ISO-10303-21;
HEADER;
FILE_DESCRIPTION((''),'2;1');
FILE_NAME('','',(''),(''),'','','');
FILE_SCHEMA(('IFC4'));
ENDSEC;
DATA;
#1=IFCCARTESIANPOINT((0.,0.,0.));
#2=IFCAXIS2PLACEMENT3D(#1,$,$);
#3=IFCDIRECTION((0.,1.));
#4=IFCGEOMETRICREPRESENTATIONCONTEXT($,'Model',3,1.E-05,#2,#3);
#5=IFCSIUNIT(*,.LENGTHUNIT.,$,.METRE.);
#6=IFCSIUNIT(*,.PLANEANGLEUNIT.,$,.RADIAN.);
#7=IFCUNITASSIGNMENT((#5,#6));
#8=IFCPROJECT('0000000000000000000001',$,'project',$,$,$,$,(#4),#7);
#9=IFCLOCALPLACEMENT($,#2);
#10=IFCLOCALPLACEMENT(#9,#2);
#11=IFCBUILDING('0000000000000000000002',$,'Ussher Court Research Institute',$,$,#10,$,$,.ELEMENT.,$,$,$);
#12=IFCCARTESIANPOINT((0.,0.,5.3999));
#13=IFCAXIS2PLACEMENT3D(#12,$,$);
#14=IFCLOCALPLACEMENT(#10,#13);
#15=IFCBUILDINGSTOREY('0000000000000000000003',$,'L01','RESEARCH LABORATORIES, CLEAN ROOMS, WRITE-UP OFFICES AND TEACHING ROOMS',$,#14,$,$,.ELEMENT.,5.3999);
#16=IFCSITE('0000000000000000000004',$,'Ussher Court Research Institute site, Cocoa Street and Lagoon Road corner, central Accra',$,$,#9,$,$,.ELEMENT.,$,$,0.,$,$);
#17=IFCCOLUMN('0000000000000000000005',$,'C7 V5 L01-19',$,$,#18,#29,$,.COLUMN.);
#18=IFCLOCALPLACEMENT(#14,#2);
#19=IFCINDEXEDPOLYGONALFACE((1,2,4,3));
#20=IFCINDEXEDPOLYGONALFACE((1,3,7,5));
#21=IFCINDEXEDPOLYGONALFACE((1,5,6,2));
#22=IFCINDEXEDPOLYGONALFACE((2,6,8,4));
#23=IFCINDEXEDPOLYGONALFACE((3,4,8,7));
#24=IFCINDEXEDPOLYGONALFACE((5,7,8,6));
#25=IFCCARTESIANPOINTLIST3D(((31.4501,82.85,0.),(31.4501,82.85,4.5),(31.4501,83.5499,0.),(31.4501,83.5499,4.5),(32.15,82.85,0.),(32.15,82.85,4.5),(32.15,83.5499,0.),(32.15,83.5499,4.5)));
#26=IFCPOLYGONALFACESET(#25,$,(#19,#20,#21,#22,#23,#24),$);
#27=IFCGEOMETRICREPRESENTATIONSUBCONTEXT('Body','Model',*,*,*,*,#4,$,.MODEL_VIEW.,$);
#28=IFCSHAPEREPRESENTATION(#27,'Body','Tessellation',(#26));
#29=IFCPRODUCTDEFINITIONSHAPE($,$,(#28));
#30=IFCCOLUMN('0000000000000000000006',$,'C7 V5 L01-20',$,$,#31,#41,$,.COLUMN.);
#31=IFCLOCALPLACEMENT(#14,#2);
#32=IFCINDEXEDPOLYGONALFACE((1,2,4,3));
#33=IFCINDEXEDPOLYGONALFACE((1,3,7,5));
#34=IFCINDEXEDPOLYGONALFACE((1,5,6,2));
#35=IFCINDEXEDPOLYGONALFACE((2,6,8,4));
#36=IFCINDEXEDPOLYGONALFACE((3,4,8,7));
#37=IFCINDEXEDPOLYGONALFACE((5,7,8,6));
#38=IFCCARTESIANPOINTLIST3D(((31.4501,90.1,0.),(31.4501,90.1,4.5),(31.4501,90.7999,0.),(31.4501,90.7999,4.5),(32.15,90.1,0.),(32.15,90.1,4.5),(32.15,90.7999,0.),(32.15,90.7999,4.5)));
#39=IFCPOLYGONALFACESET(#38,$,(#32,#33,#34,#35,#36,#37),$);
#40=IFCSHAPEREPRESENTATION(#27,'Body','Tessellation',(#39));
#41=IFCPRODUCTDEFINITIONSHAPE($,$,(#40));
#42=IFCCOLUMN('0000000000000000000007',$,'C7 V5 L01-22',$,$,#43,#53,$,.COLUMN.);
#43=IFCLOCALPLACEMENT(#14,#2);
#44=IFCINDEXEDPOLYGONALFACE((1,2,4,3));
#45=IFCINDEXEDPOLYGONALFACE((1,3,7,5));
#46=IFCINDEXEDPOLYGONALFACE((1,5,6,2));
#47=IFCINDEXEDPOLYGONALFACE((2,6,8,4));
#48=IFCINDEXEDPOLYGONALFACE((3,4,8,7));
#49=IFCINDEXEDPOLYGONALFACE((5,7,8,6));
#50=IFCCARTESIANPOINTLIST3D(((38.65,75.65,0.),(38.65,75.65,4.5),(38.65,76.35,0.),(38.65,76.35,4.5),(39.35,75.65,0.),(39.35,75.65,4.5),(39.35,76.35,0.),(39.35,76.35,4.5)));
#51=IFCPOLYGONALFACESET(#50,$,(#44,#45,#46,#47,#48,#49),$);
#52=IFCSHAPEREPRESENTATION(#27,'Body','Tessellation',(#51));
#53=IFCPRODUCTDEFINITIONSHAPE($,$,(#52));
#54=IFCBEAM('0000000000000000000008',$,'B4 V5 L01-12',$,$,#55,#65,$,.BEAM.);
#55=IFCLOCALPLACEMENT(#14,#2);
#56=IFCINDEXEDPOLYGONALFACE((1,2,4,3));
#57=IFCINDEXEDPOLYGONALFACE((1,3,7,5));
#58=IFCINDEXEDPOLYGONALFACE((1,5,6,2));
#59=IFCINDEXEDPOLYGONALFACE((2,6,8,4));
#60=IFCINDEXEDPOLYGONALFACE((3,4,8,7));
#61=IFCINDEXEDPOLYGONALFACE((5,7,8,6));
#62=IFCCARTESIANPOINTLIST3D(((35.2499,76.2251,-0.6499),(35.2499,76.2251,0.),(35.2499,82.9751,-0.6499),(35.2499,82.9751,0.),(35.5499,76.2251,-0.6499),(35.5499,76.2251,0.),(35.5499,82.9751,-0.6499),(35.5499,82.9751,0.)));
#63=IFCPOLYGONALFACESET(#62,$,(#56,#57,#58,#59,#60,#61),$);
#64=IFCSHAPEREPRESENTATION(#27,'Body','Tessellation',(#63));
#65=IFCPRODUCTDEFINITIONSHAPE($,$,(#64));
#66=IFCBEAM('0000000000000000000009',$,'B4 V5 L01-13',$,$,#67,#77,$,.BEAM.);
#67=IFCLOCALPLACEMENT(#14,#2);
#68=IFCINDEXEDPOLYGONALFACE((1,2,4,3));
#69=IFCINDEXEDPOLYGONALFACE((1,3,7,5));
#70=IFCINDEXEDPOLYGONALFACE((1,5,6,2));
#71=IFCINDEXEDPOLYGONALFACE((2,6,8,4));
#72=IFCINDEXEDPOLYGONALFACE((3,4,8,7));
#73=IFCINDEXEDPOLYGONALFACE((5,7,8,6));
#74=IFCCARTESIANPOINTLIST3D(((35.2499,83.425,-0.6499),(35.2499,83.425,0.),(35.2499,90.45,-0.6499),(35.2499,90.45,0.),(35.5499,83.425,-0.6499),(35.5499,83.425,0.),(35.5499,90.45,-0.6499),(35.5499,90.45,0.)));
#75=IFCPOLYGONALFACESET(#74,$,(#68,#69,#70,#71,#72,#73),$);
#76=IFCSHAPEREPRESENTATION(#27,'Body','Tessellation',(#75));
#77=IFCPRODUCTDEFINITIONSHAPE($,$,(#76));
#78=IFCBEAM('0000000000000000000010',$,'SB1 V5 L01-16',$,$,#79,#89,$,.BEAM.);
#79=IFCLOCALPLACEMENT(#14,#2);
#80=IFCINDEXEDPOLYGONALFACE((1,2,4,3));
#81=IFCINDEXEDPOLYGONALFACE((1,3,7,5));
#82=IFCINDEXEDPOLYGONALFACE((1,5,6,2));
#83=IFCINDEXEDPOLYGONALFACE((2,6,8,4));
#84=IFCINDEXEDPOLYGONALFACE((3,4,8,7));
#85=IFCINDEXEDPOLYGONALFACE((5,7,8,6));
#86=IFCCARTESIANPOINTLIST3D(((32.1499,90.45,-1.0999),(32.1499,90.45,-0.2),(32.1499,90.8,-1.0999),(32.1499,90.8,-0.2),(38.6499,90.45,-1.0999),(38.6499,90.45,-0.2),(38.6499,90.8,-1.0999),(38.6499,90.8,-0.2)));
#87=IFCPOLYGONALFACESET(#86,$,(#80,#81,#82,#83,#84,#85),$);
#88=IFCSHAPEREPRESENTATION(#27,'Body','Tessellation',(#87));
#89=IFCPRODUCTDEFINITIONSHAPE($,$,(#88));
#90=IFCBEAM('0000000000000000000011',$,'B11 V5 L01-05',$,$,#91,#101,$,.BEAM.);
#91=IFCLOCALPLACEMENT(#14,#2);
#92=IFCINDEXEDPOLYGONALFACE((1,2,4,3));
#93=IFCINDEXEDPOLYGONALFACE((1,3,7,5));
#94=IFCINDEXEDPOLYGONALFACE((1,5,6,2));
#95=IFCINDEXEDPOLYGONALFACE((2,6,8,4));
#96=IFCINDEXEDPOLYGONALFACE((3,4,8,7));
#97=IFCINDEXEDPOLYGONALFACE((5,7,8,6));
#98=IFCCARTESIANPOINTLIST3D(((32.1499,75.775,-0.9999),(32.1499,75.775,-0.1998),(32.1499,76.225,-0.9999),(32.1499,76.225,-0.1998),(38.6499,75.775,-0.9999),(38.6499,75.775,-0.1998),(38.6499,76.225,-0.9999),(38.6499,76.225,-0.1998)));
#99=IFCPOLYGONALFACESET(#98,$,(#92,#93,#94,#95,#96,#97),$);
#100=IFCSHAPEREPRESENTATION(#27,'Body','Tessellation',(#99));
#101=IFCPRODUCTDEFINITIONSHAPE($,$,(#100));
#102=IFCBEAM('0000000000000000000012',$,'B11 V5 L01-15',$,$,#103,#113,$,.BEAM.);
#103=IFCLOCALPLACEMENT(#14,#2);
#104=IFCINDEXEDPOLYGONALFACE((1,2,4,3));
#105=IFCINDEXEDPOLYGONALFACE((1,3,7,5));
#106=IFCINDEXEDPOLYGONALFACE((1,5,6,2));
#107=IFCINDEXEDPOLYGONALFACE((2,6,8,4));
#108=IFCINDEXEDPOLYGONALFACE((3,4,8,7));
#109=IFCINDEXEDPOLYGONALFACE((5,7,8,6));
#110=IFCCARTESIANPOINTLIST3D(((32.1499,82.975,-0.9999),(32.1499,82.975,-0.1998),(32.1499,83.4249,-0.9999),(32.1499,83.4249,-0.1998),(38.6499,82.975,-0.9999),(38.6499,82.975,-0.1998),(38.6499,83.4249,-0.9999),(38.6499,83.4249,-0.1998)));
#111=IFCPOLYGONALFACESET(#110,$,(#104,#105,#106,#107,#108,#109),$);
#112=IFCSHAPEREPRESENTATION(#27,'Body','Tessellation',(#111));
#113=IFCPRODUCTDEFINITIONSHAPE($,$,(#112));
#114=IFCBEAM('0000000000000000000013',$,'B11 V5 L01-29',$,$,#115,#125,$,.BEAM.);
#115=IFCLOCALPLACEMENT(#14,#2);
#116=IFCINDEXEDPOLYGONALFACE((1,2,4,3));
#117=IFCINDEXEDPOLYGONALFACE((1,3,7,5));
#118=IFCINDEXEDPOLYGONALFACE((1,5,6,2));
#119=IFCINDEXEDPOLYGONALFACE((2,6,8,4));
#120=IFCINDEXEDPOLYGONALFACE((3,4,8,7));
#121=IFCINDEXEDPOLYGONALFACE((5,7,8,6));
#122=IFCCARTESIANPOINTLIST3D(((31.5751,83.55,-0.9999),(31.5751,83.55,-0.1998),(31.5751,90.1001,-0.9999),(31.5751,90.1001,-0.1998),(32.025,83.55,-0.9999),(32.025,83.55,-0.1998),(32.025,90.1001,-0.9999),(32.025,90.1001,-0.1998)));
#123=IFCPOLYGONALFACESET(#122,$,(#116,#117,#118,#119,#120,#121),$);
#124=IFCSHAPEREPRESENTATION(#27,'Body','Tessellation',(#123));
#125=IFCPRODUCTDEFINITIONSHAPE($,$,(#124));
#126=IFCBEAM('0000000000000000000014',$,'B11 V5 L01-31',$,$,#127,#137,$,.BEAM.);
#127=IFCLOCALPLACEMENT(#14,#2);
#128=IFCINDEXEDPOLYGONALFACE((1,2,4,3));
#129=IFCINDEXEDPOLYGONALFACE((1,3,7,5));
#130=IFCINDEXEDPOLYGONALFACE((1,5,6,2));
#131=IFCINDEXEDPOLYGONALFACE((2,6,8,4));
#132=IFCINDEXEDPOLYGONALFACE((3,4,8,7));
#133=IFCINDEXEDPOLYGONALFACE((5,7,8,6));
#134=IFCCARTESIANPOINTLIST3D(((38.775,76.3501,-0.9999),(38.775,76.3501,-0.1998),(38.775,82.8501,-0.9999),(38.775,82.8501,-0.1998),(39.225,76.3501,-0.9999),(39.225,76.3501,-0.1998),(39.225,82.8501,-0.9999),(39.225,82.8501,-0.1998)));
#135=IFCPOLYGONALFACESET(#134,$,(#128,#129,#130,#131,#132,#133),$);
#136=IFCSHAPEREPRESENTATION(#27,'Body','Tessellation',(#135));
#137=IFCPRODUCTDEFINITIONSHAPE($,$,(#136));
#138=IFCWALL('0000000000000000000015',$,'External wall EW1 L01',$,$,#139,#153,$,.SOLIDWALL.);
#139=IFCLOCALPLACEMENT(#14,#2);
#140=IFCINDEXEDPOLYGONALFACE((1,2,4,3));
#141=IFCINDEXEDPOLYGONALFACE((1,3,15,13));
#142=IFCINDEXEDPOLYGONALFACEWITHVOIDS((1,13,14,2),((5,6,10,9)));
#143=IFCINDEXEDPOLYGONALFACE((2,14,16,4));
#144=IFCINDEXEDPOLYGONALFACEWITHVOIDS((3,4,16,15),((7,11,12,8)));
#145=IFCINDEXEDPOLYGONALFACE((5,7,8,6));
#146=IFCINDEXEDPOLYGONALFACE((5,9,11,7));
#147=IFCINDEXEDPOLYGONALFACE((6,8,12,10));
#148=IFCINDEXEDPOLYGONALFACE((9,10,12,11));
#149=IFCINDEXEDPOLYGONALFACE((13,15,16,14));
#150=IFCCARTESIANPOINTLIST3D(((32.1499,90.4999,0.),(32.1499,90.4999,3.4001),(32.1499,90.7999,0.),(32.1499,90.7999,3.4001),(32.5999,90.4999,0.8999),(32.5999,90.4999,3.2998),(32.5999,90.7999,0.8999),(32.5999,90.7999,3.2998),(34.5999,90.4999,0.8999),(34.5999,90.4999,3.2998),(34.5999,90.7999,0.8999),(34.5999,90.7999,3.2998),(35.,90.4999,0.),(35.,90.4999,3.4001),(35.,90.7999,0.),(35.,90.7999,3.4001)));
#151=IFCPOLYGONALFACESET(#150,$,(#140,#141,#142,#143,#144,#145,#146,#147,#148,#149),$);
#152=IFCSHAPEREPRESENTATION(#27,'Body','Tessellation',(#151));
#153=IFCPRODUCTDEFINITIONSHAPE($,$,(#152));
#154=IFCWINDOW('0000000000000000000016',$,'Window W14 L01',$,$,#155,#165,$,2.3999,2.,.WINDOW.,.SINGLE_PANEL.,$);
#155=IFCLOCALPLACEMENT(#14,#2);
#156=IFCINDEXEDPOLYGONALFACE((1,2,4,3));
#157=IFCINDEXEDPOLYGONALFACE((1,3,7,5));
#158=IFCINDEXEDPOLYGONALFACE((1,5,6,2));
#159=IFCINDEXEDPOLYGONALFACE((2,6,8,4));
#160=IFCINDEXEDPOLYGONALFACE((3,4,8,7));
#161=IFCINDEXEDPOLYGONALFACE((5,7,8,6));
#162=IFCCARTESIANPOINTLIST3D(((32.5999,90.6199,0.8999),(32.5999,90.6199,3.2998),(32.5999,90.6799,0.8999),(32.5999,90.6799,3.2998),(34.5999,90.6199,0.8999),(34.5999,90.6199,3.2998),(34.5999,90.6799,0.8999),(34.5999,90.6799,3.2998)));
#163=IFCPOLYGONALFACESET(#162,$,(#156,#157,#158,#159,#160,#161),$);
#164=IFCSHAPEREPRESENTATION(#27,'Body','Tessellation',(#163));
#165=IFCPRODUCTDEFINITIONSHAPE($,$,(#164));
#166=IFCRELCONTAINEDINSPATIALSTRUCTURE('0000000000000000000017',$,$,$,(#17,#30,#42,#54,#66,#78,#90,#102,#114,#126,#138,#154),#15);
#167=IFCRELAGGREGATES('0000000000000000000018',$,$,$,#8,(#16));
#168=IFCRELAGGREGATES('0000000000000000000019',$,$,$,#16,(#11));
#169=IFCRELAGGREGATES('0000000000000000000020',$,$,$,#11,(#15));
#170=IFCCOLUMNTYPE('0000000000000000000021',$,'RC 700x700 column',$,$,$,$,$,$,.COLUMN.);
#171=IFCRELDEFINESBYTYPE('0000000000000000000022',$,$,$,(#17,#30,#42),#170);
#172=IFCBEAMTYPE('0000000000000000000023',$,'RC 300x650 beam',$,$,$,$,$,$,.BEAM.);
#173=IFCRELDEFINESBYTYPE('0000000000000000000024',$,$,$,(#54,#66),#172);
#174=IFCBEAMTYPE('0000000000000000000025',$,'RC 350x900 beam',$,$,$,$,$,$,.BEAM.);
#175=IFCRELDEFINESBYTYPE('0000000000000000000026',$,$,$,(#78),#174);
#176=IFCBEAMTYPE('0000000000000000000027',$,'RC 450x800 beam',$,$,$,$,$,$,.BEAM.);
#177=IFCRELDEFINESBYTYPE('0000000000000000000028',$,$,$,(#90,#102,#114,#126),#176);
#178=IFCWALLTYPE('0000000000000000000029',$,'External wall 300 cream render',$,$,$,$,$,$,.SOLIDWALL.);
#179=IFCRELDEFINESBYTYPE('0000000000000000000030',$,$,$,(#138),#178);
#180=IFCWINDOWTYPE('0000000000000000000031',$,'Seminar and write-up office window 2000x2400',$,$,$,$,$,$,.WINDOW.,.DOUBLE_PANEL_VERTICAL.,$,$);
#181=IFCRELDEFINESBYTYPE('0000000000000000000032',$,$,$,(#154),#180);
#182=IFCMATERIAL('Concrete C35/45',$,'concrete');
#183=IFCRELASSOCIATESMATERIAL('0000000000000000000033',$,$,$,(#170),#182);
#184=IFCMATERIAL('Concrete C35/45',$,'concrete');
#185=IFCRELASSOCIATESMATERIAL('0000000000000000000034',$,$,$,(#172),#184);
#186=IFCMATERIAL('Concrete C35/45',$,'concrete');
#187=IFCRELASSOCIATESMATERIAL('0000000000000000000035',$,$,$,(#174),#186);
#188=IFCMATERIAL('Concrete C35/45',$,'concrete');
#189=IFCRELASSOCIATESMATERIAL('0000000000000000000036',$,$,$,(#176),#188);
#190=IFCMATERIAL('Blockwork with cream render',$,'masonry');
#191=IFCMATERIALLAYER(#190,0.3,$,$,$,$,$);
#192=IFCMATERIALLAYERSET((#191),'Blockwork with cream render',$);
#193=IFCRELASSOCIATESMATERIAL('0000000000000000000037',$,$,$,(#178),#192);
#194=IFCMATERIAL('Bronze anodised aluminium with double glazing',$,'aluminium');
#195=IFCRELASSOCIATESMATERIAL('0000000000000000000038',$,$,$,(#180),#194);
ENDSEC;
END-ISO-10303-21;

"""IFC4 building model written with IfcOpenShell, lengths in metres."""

from ifc_helpers import new_model, si_unit, direction, frame, frame_2d, origin, origin_2d, place, context, subcontext, project, spatial, rectangle, extrude, material, layer, layer_set, material_profile, profile_set, type_object, element, fill, save


model = new_model("IFC4")

# Units and contexts
model_context = context("Model", 3, precision=1e-05, world=origin(), true_north=direction((0.0, 1.0)))
body_context = subcontext(model_context, "Body", "Model", "MODEL_VIEW")
ifc_project = project(units=[si_unit("LENGTHUNIT", "METRE"), si_unit("PLANEANGLEUNIT", "RADIAN")], contexts=[model_context])

# Site, building, storey
site_placement = place(None, origin())
site = spatial("IfcSite", under=ifc_project, at=site_placement, Name="Ussher Court Research Institute site, Cocoa Street and Lagoon Road corner, central Accra", CompositionType="ELEMENT", RefElevation=0.0)
building_placement = place(site_placement, origin())
building = spatial("IfcBuilding", under=site, at=building_placement, Name="Ussher Court Research Institute", CompositionType="ELEMENT")
storey_placement = place(building_placement, frame((0.0, 0.0, 5.3999)))
storey = spatial("IfcBuildingStorey", under=building, at=storey_placement, Name="L01", Description="RESEARCH LABORATORIES, CLEAN ROOMS, WRITE-UP OFFICES AND TEACHING ROOMS", CompositionType="ELEMENT", Elevation=5.3999)

# Columns
ifc_material_1 = material(Name="Concrete C35/45", Category="concrete")
ifc_material_profile_1 = material_profile(ifc_material_1, rectangle(XDim=0.7, YDim=0.7, at=origin_2d()), Name="RC 700x700")
ifc_profile_set_1 = profile_set([ifc_material_profile_1], Name="Concrete C35/45")
column_type = type_object("IfcColumnType", Name="RC 700x700 column", PredefinedType="COLUMN", material=ifc_profile_set_1)
for number, where, z_axis, x_axis, name in (
    (1, (31.8, 83.2, 0.0), (0.0, 0.0, 1.0), (1.0, 0.0, 0.0), "C7 V5 L01-19"),
    (2, (31.8, 90.45, 0.0), (0.0, 0.0, 1.0), (1.0, 0.0, 0.0), "C7 V5 L01-20"),
    (3, (39.0, 76.0, 0.0), (0.0, 0.0, 1.0), (1.0, 0.0, 0.0), "C7 V5 L01-22"),
):
    element("IfcColumn", number, at=place(storey_placement, frame(where, z_axis=z_axis, x_axis=x_axis)), inside=storey, type_object=column_type, Name=name, PredefinedType="COLUMN", context=body_context, shape_type="SweptSolid", body=[
        extrude(rectangle(XDim=0.7, YDim=0.7, at=origin_2d()), origin(), (0.0, 0.0, 1.0), 4.5),
    ])

# Beams
ifc_material_2 = material(Name="Concrete C35/45", Category="concrete")
ifc_material_profile_2 = material_profile(ifc_material_2, rectangle(XDim=0.3, YDim=0.6499, at=origin_2d()), Name="RC 300x650")
ifc_profile_set_2 = profile_set([ifc_material_profile_2], Name="Concrete C35/45")
beam_type_1 = type_object("IfcBeamType", Name="RC 300x650 beam", PredefinedType="BEAM", material=ifc_profile_set_2)
beam_1_placement = place(storey_placement, frame((35.3999, 76.2251, -0.325), z_axis=(0.0, 1.0, 0.0), x_axis=(-1.0, 0.0, 0.0)))
element("IfcBeam", 4, at=beam_1_placement, inside=storey, type_object=beam_type_1, Name="B4 V5 L01-12", PredefinedType="BEAM", context=body_context, shape_type="SweptSolid", body=[
    extrude(rectangle(XDim=0.3, YDim=0.6499, at=origin_2d()), origin(), (0.0, 0.0, 1.0), 6.75),
])
beam_2_placement = place(storey_placement, frame((35.3999, 83.425, -0.325), z_axis=(0.0, 1.0, 0.0), x_axis=(-1.0, 0.0, 0.0)))
element("IfcBeam", 5, at=beam_2_placement, inside=storey, type_object=beam_type_1, Name="B4 V5 L01-13", PredefinedType="BEAM", context=body_context, shape_type="SweptSolid", body=[
    extrude(rectangle(XDim=0.3, YDim=0.6499, at=origin_2d()), origin(), (0.0, 0.0, 1.0), 7.0249),
])
ifc_material_3 = material(Name="Concrete C35/45", Category="concrete")
ifc_material_profile_3 = material_profile(ifc_material_3, rectangle(XDim=0.3501, YDim=0.8999, at=origin_2d()), Name="RC 350x900")
ifc_profile_set_3 = profile_set([ifc_material_profile_3], Name="Concrete C35/45")
beam_type_2 = type_object("IfcBeamType", Name="RC 350x900 beam", PredefinedType="BEAM", material=ifc_profile_set_3)
beam_3_placement = place(storey_placement, frame((32.1499, 90.625, -0.6499), z_axis=(1.0, 0.0, 0.0), x_axis=(0.0, 1.0, 0.0)))
element("IfcBeam", 6, at=beam_3_placement, inside=storey, type_object=beam_type_2, Name="SB1 V5 L01-16", PredefinedType="BEAM", context=body_context, shape_type="SweptSolid", body=[
    extrude(rectangle(XDim=0.3501, YDim=0.8999, at=origin_2d()), origin(), (0.0, 0.0, 1.0), 6.5),
])
ifc_material_4 = material(Name="Concrete C35/45", Category="concrete")
ifc_material_profile_4 = material_profile(ifc_material_4, rectangle(XDim=0.45, YDim=0.8, at=origin_2d()), Name="RC 450x800")
ifc_profile_set_4 = profile_set([ifc_material_profile_4], Name="Concrete C35/45")
beam_type_3 = type_object("IfcBeamType", Name="RC 450x800 beam", PredefinedType="BEAM", material=ifc_profile_set_4)
for number, where, z_axis, x_axis, name in (
    (7, (32.1499, 76.0, -0.5999), (1.0, 0.0, 0.0), (0.0, 1.0, 0.0), "B11 V5 L01-05"),
    (8, (32.1499, 83.2, -0.5999), (1.0, 0.0, 0.0), (0.0, 1.0, 0.0), "B11 V5 L01-15"),
):
    element("IfcBeam", number, at=place(storey_placement, frame(where, z_axis=z_axis, x_axis=x_axis)), inside=storey, type_object=beam_type_3, Name=name, PredefinedType="BEAM", context=body_context, shape_type="SweptSolid", body=[
        extrude(rectangle(XDim=0.45, YDim=0.8, at=origin_2d()), origin(), (0.0, 0.0, 1.0), 6.5),
    ])
beam_4_placement = place(storey_placement, frame((31.8, 83.55, -0.5999), z_axis=(0.0, 1.0, 0.0), x_axis=(-1.0, 0.0, 0.0)))
element("IfcBeam", 9, at=beam_4_placement, inside=storey, type_object=beam_type_3, Name="B11 V5 L01-29", PredefinedType="BEAM", context=body_context, shape_type="SweptSolid", body=[
    extrude(rectangle(XDim=0.45, YDim=0.8, at=origin_2d()), origin(), (0.0, 0.0, 1.0), 6.55),
])
beam_5_placement = place(storey_placement, frame((39.0, 76.3501, -0.5999), z_axis=(0.0, 1.0, 0.0), x_axis=(-1.0, 0.0, 0.0)))
element("IfcBeam", 10, at=beam_5_placement, inside=storey, type_object=beam_type_3, Name="B11 V5 L01-31", PredefinedType="BEAM", context=body_context, shape_type="SweptSolid", body=[
    extrude(rectangle(XDim=0.45, YDim=0.8, at=origin_2d()), origin(), (0.0, 0.0, 1.0), 6.5),
])

# Wall, opening, window
ifc_material_5 = material(Name="Blockwork with cream render", Category="masonry")
ifc_layer_1 = layer(ifc_material_5, 0.3)
ifc_layer_set_1 = layer_set([ifc_layer_1], Name="Blockwork with cream render")
wall_type_1 = type_object("IfcWallType", Name="External wall 300 cream render", PredefinedType="SOLIDWALL", material=ifc_layer_set_1)
wall_1_placement = place(storey_placement, frame((32.1499, 90.6499, 0.0), z_axis=(0.0, 0.0, 1.0), x_axis=(1.0, 0.0, 0.0)))
wall_1 = element("IfcWall", 11, at=wall_1_placement, inside=storey, type_object=wall_type_1, Name="External wall EW1 L01", PredefinedType="SOLIDWALL", context=body_context, shape_type="SweptSolid", body=[
    extrude(rectangle(XDim=2.8501, YDim=0.3, at=frame_2d((1.425, 0.0))), origin(), (0.0, 0.0, 1.0), 3.4001),
])
opening_1_placement = place(wall_1_placement, frame((0.45, 0.0, 0.8999)))
opening_1 = element("IfcOpeningElement", 12, at=opening_1_placement, cuts=wall_1, PredefinedType="OPENING", context=body_context, shape_type="SweptSolid", body=[
    extrude(rectangle(XDim=2.0, YDim=2.3999, at=frame_2d((1.0, 1.2))), frame((0.0, 0.1602, 0.0), z_axis=(0.0, -1.0, 0.0), x_axis=(1.0, 0.0, 0.0)), (0.0, 0.0, 1.0), 0.3201),
])
ifc_material_6 = material(Name="Bronze anodised aluminium with double glazing", Category="aluminium")
window_type = type_object("IfcWindowType", Name="Seminar and write-up office window 2000x2400", PartitioningType="DOUBLE_PANEL_VERTICAL", PredefinedType="WINDOW", material=ifc_material_6)
window_1_placement = place(opening_1_placement, origin())
window_1 = element("IfcWindow", 13, at=window_1_placement, inside=storey, type_object=window_type, Name="Window W14 L01", OverallHeight=2.3999, OverallWidth=2.0, PartitioningType="SINGLE_PANEL", PredefinedType="WINDOW", context=body_context, shape_type="SweptSolid", body=[
    extrude(rectangle(XDim=2.0, YDim=2.3999, at=frame_2d((1.0, 1.2))), frame((0.0, 0.03, 0.0), z_axis=(0.0, -1.0, 0.0), x_axis=(1.0, 0.0, 0.0)), (0.0, 0.0, 1.0), 0.0601),
])
fill(opening_1, window_1)

save(model, "model.ifc")
